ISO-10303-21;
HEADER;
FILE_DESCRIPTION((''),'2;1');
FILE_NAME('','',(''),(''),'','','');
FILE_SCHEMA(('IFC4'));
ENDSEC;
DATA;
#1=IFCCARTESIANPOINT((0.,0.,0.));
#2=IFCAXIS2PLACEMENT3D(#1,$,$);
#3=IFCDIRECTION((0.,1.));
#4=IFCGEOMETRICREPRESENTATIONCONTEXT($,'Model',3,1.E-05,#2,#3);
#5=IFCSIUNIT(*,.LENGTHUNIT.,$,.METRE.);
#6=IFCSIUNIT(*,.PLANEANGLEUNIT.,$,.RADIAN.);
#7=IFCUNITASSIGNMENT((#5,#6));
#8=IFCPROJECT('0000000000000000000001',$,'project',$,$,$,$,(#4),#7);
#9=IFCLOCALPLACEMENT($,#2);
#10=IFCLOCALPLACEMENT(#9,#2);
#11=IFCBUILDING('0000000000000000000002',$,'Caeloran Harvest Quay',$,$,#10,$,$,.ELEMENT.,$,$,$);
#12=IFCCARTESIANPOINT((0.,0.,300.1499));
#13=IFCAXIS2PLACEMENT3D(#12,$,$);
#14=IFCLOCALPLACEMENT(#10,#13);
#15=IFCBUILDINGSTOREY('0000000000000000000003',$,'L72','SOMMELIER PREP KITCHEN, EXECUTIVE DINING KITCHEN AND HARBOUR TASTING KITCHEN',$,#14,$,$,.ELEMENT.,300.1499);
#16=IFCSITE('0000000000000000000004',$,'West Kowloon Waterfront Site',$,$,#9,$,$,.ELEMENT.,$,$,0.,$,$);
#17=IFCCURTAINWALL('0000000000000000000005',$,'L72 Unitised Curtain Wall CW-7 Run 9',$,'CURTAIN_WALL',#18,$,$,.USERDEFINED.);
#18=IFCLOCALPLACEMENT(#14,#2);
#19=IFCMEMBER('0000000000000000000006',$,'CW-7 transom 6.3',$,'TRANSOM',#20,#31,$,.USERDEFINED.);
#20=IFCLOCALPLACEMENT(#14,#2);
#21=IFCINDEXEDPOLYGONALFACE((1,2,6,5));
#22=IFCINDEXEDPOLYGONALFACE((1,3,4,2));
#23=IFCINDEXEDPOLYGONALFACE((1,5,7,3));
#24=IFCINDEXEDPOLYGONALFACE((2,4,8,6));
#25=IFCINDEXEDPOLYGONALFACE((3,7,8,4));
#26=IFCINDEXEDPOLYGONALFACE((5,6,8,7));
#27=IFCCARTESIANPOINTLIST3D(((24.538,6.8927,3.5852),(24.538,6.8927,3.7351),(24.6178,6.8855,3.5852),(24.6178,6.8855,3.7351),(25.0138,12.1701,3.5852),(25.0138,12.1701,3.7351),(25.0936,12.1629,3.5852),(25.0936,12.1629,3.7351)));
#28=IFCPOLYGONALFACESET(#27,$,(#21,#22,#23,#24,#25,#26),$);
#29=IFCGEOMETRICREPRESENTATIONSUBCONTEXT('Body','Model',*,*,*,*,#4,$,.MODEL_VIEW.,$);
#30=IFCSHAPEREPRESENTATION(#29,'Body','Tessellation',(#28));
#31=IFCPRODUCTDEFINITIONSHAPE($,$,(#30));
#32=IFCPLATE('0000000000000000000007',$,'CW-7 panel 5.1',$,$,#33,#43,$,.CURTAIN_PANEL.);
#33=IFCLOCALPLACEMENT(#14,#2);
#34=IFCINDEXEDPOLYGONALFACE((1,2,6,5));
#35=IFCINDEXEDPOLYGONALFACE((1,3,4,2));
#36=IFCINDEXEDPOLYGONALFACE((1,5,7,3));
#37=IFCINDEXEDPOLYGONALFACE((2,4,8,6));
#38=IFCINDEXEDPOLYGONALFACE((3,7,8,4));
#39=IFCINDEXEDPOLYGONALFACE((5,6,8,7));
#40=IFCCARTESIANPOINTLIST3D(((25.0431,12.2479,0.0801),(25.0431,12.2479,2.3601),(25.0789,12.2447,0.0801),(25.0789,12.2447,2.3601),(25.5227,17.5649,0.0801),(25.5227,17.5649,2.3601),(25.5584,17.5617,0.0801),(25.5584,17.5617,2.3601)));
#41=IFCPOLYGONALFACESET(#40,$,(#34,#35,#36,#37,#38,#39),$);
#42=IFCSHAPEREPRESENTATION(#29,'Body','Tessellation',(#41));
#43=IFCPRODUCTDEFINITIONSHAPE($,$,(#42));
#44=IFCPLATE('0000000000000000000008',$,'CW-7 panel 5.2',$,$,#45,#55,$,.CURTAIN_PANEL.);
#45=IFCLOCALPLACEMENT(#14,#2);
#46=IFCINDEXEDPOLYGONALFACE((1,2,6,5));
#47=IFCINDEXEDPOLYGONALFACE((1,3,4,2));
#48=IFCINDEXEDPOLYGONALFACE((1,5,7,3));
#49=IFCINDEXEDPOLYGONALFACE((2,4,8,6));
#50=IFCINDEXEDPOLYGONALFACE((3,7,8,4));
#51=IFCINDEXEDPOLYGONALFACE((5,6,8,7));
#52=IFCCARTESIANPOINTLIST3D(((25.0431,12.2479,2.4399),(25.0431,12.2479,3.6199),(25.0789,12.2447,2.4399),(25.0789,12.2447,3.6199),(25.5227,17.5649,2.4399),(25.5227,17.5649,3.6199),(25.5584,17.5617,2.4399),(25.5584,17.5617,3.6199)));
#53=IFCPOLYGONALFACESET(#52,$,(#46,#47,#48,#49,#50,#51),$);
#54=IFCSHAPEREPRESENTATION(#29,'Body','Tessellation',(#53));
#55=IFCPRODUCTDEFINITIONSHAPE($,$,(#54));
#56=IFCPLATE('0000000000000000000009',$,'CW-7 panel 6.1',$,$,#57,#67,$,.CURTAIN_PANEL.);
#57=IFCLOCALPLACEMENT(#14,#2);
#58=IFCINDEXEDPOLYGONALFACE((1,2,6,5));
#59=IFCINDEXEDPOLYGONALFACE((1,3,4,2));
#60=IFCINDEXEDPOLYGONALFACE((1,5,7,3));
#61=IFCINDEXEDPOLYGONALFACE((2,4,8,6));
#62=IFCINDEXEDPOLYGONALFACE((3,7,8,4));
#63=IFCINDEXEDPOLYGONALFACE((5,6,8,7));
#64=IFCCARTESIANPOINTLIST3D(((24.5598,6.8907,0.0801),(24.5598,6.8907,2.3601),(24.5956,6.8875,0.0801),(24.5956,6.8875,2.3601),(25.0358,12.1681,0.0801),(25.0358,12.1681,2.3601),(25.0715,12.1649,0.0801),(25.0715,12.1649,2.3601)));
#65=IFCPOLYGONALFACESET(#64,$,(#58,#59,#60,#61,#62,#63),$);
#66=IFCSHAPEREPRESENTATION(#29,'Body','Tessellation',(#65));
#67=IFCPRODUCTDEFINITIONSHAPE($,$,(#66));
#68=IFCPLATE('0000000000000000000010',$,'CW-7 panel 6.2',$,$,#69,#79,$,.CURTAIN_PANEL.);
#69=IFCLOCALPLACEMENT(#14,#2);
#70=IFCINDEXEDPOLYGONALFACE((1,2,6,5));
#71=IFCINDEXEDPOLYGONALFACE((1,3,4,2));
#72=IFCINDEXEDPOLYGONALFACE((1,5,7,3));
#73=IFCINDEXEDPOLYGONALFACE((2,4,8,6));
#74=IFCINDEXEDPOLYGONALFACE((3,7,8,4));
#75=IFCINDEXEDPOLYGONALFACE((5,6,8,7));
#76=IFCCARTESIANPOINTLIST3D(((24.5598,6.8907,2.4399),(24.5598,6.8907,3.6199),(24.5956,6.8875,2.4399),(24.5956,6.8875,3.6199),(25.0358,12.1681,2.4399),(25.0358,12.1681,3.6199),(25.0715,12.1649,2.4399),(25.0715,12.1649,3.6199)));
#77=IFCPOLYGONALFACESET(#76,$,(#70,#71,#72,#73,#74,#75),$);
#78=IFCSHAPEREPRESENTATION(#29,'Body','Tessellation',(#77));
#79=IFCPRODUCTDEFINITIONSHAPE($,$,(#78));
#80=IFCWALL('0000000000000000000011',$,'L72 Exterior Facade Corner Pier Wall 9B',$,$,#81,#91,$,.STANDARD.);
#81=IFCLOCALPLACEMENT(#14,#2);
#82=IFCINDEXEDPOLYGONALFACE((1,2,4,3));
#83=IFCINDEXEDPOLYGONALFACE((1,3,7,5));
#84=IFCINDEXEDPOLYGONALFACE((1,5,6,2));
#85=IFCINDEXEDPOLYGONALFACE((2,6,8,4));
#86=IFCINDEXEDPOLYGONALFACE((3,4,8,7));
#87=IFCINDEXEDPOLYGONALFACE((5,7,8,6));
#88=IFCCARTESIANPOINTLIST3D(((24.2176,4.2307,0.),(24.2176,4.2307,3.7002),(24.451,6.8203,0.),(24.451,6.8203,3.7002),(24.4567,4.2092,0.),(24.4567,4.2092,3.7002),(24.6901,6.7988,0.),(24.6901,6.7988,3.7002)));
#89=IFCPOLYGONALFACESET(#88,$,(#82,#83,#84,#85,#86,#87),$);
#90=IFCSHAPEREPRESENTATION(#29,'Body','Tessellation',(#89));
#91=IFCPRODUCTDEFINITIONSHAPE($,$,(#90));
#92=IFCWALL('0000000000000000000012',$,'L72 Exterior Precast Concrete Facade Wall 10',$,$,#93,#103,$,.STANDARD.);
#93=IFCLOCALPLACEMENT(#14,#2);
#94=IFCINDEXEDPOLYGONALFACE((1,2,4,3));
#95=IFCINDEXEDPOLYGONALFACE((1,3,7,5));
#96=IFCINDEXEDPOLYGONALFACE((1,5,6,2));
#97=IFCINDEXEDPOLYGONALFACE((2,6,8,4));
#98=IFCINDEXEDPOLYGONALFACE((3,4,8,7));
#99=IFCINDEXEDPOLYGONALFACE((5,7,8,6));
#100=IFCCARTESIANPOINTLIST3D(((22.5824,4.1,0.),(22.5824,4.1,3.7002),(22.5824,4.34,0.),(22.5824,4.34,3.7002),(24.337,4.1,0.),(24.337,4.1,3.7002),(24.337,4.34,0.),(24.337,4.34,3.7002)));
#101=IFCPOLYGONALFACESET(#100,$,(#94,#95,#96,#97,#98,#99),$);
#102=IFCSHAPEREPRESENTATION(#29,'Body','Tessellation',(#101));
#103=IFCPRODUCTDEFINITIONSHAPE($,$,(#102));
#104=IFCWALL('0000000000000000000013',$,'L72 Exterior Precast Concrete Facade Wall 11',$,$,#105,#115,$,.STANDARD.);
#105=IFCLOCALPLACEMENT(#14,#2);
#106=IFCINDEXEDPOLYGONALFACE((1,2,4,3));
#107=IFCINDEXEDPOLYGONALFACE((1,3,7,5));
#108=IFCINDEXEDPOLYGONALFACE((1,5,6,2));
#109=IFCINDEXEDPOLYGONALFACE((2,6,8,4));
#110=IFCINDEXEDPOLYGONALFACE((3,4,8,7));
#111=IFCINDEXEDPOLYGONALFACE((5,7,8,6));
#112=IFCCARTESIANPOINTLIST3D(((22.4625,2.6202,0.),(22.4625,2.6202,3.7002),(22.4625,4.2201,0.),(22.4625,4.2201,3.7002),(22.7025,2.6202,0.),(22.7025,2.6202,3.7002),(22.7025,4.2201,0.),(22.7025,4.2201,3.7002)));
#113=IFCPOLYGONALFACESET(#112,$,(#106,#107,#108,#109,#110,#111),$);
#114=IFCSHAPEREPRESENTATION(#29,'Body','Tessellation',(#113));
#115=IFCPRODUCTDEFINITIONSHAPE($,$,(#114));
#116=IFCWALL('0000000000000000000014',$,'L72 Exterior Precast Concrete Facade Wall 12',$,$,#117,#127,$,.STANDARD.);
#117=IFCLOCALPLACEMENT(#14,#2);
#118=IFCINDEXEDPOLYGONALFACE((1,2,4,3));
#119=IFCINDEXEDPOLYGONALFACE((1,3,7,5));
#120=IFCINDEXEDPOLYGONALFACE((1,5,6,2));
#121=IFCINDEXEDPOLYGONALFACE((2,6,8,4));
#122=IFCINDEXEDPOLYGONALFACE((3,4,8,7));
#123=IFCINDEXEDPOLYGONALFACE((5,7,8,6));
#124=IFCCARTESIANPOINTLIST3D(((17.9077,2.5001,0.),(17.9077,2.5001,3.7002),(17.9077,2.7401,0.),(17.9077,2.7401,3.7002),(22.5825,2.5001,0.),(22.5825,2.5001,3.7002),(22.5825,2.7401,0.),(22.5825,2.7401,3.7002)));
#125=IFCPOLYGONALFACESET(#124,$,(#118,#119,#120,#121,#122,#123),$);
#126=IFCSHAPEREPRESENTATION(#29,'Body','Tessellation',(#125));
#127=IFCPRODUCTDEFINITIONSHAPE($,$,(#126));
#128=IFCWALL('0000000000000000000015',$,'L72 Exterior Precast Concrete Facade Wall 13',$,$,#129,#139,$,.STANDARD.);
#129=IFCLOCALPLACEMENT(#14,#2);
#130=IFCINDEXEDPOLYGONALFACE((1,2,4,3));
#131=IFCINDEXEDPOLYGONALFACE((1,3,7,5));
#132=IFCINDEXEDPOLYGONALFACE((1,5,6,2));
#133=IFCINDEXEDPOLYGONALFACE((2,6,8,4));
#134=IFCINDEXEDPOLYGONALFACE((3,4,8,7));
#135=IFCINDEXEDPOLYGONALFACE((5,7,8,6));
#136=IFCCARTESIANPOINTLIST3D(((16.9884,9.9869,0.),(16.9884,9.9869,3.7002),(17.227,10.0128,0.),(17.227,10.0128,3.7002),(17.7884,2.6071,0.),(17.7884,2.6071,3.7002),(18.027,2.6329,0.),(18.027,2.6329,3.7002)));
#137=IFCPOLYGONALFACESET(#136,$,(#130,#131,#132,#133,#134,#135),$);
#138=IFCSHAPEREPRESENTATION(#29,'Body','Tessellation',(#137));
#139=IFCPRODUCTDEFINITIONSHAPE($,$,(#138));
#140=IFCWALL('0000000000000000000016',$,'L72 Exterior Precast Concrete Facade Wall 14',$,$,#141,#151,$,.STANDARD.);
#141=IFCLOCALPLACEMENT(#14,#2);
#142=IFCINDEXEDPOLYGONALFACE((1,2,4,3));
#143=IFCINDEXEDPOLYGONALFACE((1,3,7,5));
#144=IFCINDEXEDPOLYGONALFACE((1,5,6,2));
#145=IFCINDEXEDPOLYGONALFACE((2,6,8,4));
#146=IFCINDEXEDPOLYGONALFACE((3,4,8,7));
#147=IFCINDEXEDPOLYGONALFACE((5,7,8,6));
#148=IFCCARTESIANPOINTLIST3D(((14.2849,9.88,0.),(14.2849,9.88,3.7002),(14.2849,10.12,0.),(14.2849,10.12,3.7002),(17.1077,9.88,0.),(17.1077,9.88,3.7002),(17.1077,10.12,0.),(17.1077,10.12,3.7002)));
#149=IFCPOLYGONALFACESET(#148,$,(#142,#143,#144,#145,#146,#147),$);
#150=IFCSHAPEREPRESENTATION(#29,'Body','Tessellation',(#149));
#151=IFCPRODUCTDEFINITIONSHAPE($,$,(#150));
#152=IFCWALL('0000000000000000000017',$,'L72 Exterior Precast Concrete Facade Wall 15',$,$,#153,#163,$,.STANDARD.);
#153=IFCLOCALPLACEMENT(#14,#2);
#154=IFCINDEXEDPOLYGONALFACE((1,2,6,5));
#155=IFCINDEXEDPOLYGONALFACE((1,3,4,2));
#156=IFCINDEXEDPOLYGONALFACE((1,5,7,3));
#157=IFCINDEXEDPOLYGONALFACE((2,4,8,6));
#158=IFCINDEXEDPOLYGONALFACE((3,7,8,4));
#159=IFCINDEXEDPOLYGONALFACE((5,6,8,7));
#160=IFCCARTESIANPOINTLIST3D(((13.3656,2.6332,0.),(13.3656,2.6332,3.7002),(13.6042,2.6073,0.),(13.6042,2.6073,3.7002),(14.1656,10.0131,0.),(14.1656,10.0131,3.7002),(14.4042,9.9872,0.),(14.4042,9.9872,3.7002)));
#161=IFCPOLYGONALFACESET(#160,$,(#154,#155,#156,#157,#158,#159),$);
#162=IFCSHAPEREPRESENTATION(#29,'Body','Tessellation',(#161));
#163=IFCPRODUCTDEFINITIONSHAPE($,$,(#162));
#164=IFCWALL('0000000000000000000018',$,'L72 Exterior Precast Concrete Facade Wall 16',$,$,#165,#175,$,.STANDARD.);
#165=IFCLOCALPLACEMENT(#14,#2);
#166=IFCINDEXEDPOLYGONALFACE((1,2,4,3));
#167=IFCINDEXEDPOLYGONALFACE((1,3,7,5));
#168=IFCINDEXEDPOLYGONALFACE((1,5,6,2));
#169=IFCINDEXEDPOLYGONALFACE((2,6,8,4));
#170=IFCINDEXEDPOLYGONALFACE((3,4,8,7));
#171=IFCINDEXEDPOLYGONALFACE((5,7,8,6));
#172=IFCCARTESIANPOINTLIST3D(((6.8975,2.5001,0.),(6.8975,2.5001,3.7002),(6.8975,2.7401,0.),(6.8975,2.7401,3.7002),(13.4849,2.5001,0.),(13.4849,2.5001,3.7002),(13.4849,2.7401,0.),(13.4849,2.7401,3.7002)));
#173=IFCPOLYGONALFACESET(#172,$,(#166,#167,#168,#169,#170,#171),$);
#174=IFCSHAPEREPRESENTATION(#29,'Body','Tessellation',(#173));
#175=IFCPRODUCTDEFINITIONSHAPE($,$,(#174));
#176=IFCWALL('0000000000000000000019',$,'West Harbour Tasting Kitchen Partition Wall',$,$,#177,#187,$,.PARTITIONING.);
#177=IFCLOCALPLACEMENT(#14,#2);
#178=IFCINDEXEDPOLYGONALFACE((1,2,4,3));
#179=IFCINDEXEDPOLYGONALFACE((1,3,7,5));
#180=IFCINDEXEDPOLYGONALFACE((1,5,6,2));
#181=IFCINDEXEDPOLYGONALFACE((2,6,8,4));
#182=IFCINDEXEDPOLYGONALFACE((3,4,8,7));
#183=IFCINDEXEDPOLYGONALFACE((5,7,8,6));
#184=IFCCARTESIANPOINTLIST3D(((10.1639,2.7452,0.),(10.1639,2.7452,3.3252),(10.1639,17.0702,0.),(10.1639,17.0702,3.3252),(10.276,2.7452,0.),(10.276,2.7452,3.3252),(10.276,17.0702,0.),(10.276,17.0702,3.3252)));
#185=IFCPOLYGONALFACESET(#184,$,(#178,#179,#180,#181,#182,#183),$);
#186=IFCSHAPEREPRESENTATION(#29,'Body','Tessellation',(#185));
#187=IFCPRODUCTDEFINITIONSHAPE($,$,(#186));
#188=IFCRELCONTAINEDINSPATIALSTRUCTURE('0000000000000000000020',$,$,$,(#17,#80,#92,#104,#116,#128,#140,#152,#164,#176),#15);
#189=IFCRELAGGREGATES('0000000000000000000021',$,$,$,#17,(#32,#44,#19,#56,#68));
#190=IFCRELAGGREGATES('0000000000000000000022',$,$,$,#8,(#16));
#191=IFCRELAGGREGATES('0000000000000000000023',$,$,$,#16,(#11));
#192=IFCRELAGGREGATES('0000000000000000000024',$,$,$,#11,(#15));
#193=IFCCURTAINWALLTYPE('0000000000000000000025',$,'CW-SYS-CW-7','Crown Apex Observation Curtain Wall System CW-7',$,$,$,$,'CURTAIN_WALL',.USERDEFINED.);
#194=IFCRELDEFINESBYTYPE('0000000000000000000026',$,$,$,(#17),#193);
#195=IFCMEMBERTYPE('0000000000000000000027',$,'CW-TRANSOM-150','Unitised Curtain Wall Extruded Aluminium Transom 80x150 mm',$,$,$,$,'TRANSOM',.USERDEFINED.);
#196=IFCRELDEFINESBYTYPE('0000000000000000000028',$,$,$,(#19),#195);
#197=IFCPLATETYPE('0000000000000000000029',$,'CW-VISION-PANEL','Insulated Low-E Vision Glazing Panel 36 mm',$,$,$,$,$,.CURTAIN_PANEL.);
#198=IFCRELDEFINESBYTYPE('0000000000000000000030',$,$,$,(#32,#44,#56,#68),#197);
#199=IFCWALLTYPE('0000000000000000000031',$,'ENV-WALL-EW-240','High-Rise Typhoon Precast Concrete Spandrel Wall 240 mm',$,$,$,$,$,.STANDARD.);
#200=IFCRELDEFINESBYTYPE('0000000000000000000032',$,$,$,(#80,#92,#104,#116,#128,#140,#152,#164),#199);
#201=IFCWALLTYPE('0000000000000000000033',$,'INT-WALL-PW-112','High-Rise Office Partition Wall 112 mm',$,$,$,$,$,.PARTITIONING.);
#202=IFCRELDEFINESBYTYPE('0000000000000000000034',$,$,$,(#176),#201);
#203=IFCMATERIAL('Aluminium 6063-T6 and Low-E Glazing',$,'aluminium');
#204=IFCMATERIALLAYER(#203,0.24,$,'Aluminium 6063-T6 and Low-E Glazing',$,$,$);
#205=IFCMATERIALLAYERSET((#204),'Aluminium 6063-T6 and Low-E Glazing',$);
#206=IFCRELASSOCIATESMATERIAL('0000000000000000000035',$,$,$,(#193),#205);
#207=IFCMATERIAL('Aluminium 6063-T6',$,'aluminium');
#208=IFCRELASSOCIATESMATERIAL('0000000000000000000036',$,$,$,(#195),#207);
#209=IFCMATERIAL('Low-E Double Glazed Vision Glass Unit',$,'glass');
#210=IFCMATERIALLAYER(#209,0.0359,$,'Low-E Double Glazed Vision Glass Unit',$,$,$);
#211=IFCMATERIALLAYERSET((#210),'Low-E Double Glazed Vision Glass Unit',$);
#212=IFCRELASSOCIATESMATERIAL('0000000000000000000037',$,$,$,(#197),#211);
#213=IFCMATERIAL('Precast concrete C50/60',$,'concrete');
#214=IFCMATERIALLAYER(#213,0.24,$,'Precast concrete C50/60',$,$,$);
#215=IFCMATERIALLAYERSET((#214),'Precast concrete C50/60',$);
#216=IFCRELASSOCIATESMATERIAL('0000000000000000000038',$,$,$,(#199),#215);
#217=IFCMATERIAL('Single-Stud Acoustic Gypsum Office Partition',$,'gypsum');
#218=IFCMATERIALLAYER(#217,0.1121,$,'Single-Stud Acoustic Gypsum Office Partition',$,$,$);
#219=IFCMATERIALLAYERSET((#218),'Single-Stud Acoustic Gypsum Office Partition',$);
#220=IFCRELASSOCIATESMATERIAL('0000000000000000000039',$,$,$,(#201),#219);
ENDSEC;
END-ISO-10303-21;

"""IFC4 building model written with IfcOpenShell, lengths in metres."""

from ifc_helpers import new_model, si_unit, direction, frame, frame_2d, origin, origin_2d, place, context, subcontext, project, spatial, rectangle, extrude, material, layer, layer_set, material_profile, profile_set, type_object, element, aggregate, save


model = new_model("IFC4")

# Units and contexts
model_context = context("Model", 3, precision=1e-05, world=origin(), true_north=direction((0.0, 1.0)))
body_context = subcontext(model_context, "Body", "Model", "MODEL_VIEW")
ifc_project = project(units=[si_unit("LENGTHUNIT", "METRE"), si_unit("PLANEANGLEUNIT", "RADIAN")], contexts=[model_context])

# Site, building, storey
site_placement = place(None, origin())
site = spatial("IfcSite", under=ifc_project, at=site_placement, Name="West Kowloon Waterfront Site", CompositionType="ELEMENT", RefElevation=0.0)
building_placement = place(site_placement, origin())
building = spatial("IfcBuilding", under=site, at=building_placement, Name="Caeloran Harvest Quay", CompositionType="ELEMENT")
storey_placement = place(building_placement, frame((0.0, 0.0, 300.1499)))
storey = spatial("IfcBuildingStorey", under=building, at=storey_placement, Name="L72", Description="SOMMELIER PREP KITCHEN, EXECUTIVE DINING KITCHEN AND HARBOUR TASTING KITCHEN", CompositionType="ELEMENT", Elevation=300.1499)

# Curtain wall, member, plates
ifc_material_1 = material(Name="Aluminium 6063-T6 and Low-E Glazing", Category="aluminium")
ifc_layer_1 = layer(ifc_material_1, 0.24, Name="Aluminium 6063-T6 and Low-E Glazing")
ifc_layer_set_1 = layer_set([ifc_layer_1], Name="Aluminium 6063-T6 and Low-E Glazing")
curtain_wall_type = type_object("IfcCurtainWallType", Name="CW-SYS-CW-7", Description="Crown Apex Observation Curtain Wall System CW-7", ElementType="CURTAIN_WALL", PredefinedType="USERDEFINED", material=ifc_layer_set_1)
curtain_wall_placement = place(storey_placement, origin())
curtain_wall = element("IfcCurtainWall", 1, at=curtain_wall_placement, inside=storey, type_object=curtain_wall_type, Name="L72 Unitised Curtain Wall CW-7 Run 9", ObjectType="CURTAIN_WALL", PredefinedType="USERDEFINED")
ifc_material_2 = material(Name="Aluminium 6063-T6", Category="aluminium")
ifc_material_profile_1 = material_profile(ifc_material_2, rectangle(XDim=0.0801, YDim=0.1499, at=origin_2d()), Name="CW-TRANSOM-150")
ifc_profile_set_1 = profile_set([ifc_material_profile_1], Name="Aluminium 6063-T6")
member_type_1 = type_object("IfcMemberType", Name="CW-TRANSOM-150", Description="Unitised Curtain Wall Extruded Aluminium Transom 80x150 mm", ElementType="TRANSOM", PredefinedType="USERDEFINED", material=ifc_profile_set_1)
member_1_placement = place(storey_placement, frame((25.0537, 12.1665, 3.6602), z_axis=(-0.0898, -0.99596, 0.0), x_axis=(0.99596, -0.0898, 0.0)))
member_1 = element("IfcMember", 2, at=member_1_placement, type_object=member_type_1, Name="CW-7 transom 6.3", ObjectType="TRANSOM", PredefinedType="USERDEFINED", context=body_context, shape_type="SweptSolid", body=[
    extrude(rectangle(XDim=0.0801, YDim=0.1499, at=origin_2d()), origin(), (0.0, 0.0, 1.0), 5.2988),
])
ifc_material_3 = material(Name="Low-E Double Glazed Vision Glass Unit", Category="glass")
ifc_layer_2 = layer(ifc_material_3, 0.0359, Name="Low-E Double Glazed Vision Glass Unit")
ifc_layer_set_2 = layer_set([ifc_layer_2], Name="Low-E Double Glazed Vision Glass Unit")
plate_type = type_object("IfcPlateType", Name="CW-VISION-PANEL", Description="Insulated Low-E Vision Glazing Panel 36 mm", PredefinedType="CURTAIN_PANEL", material=ifc_layer_set_2)
plate_1_placement = place(storey_placement, frame((25.3008, 14.9048, 0.0801), z_axis=(0.0, 0.0, 1.0), x_axis=(-0.089821, -0.995958, 0.0)))
plate_1 = element("IfcPlate", 3, at=plate_1_placement, type_object=plate_type, Name="CW-7 panel 5.1", PredefinedType="CURTAIN_PANEL", context=body_context, shape_type="SweptSolid", body=[
    extrude(rectangle(XDim=5.3386, YDim=0.0359, at=origin_2d()), origin(), (0.0, 0.0, 1.0), 2.28),
])
plate_2_placement = place(storey_placement, frame((25.3008, 14.9048, 2.4399), z_axis=(0.0, 0.0, 1.0), x_axis=(-0.089821, -0.995958, 0.0)))
plate_2 = element("IfcPlate", 4, at=plate_2_placement, type_object=plate_type, Name="CW-7 panel 5.2", PredefinedType="CURTAIN_PANEL", context=body_context, shape_type="SweptSolid", body=[
    extrude(rectangle(XDim=5.3386, YDim=0.0359, at=origin_2d()), origin(), (0.0, 0.0, 1.0), 1.1799),
])
plate_3_placement = place(storey_placement, frame((24.8157, 9.5278, 0.0801), z_axis=(0.0, 0.0, 1.0), x_axis=(-0.089821, -0.995958, 0.0)))
plate_3 = element("IfcPlate", 5, at=plate_3_placement, type_object=plate_type, Name="CW-7 panel 6.1", PredefinedType="CURTAIN_PANEL", context=body_context, shape_type="SweptSolid", body=[
    extrude(rectangle(XDim=5.2988, YDim=0.0359, at=origin_2d()), origin(), (0.0, 0.0, 1.0), 2.28),
])
plate_4_placement = place(storey_placement, frame((24.8157, 9.5278, 2.4399), z_axis=(0.0, 0.0, 1.0), x_axis=(-0.089821, -0.995958, 0.0)))
plate_4 = element("IfcPlate", 6, at=plate_4_placement, type_object=plate_type, Name="CW-7 panel 6.2", PredefinedType="CURTAIN_PANEL", context=body_context, shape_type="SweptSolid", body=[
    extrude(rectangle(XDim=5.2988, YDim=0.0359, at=origin_2d()), origin(), (0.0, 0.0, 1.0), 1.1799),
])
aggregate(curtain_wall, [plate_1, plate_2, member_1, plate_3, plate_4])

# Walls
ifc_material_4 = material(Name="Precast concrete C50/60", Category="concrete")
ifc_layer_3 = layer(ifc_material_4, 0.24, Name="Precast concrete C50/60")
ifc_layer_set_3 = layer_set([ifc_layer_3], Name="Precast concrete C50/60")
wall_type_1 = type_object("IfcWallType", Name="ENV-WALL-EW-240", Description="High-Rise Typhoon Precast Concrete Spandrel Wall 240 mm", PredefinedType="STANDARD", material=ifc_layer_set_3)
wall_1_placement = place(storey_placement, frame((24.5706, 6.8096, 0.0), z_axis=(0.0, 0.0, 1.0), x_axis=(-0.089765, -0.995963, 0.0)))
element("IfcWall", 7, at=wall_1_placement, inside=storey, type_object=wall_type_1, Name="L72 Exterior Facade Corner Pier Wall 9B", PredefinedType="STANDARD", context=body_context, shape_type="SweptSolid", body=[
    extrude(rectangle(XDim=2.6001, YDim=0.24, at=frame_2d((1.3, 0.0))), origin(), (0.0, 0.0, 1.0), 3.7002),
])
wall_2_placement = place(storey_placement, frame((24.3372, 4.22, 0.0), z_axis=(0.0, 0.0, 1.0), x_axis=(-1.0, 0.0, 0.0)))
element("IfcWall", 8, at=wall_2_placement, inside=storey, type_object=wall_type_1, Name="L72 Exterior Precast Concrete Facade Wall 10", PredefinedType="STANDARD", context=body_context, shape_type="SweptSolid", body=[
    extrude(rectangle(XDim=1.7546, YDim=0.24, at=frame_2d((0.8774, 0.0))), origin(), (0.0, 0.0, 1.0), 3.7002),
])
wall_3_placement = place(storey_placement, frame((22.5825, 4.22, 0.0), z_axis=(0.0, 0.0, 1.0), x_axis=(0.0, -1.0, 0.0)))
element("IfcWall", 9, at=wall_3_placement, inside=storey, type_object=wall_type_1, Name="L72 Exterior Precast Concrete Facade Wall 11", PredefinedType="STANDARD", context=body_context, shape_type="SweptSolid", body=[
    extrude(rectangle(XDim=1.5999, YDim=0.24, at=frame_2d((0.7998, 0.0))), origin(), (0.0, 0.0, 1.0), 3.7002),
])
wall_4_placement = place(storey_placement, frame((22.5825, 2.6201, 0.0), z_axis=(0.0, 0.0, 1.0), x_axis=(-1.0, 0.0, 0.0)))
element("IfcWall", 10, at=wall_4_placement, inside=storey, type_object=wall_type_1, Name="L72 Exterior Precast Concrete Facade Wall 12", PredefinedType="STANDARD", context=body_context, shape_type="SweptSolid", body=[
    extrude(rectangle(XDim=4.6748, YDim=0.24, at=frame_2d((2.3374, 0.0))), origin(), (0.0, 0.0, 1.0), 3.7002),
])
wall_5_placement = place(storey_placement, frame((17.9077, 2.6201, 0.0), z_axis=(0.0, 0.0, 1.0), x_axis=(-0.107778, 0.994175, 0.0)))
element("IfcWall", 11, at=wall_5_placement, inside=storey, type_object=wall_type_1, Name="L72 Exterior Precast Concrete Facade Wall 13", PredefinedType="STANDARD", context=body_context, shape_type="SweptSolid", body=[
    extrude(rectangle(XDim=7.4231, YDim=0.24, at=frame_2d((3.7114, 0.0))), origin(), (0.0, 0.0, 1.0), 3.7002),
])
wall_6_placement = place(storey_placement, frame((17.1077, 10.0, 0.0), z_axis=(0.0, 0.0, 1.0), x_axis=(-1.0, 0.0, 0.0)))
element("IfcWall", 12, at=wall_6_placement, inside=storey, type_object=wall_type_1, Name="L72 Exterior Precast Concrete Facade Wall 14", PredefinedType="STANDARD", context=body_context, shape_type="SweptSolid", body=[
    extrude(rectangle(XDim=2.8228, YDim=0.24, at=frame_2d((1.4114, 0.0))), origin(), (0.0, 0.0, 1.0), 3.7002),
])
wall_7_placement = place(storey_placement, frame((14.2849, 10.0, 0.0), z_axis=(0.0, 0.0, 1.0), x_axis=(-0.107778, -0.994175, 0.0)))
element("IfcWall", 13, at=wall_7_placement, inside=storey, type_object=wall_type_1, Name="L72 Exterior Precast Concrete Facade Wall 15", PredefinedType="STANDARD", context=body_context, shape_type="SweptSolid", body=[
    extrude(rectangle(XDim=7.4231, YDim=0.24, at=frame_2d((3.7114, 0.0))), origin(), (0.0, 0.0, 1.0), 3.7002),
])
wall_8_placement = place(storey_placement, frame((13.4849, 2.6201, 0.0), z_axis=(0.0, 0.0, 1.0), x_axis=(-1.0, 0.0, 0.0)))
element("IfcWall", 14, at=wall_8_placement, inside=storey, type_object=wall_type_1, Name="L72 Exterior Precast Concrete Facade Wall 16", PredefinedType="STANDARD", context=body_context, shape_type="SweptSolid", body=[
    extrude(rectangle(XDim=6.5874, YDim=0.24, at=frame_2d((3.2937, 0.0))), origin(), (0.0, 0.0, 1.0), 3.7002),
])
ifc_material_5 = material(Name="Single-Stud Acoustic Gypsum Office Partition", Category="gypsum")
ifc_layer_4 = layer(ifc_material_5, 0.1121, Name="Single-Stud Acoustic Gypsum Office Partition")
ifc_layer_set_4 = layer_set([ifc_layer_4], Name="Single-Stud Acoustic Gypsum Office Partition")
wall_type_2 = type_object("IfcWallType", Name="INT-WALL-PW-112", Description="High-Rise Office Partition Wall 112 mm", PredefinedType="PARTITIONING", material=ifc_layer_set_4)
wall_9_placement = place(storey_placement, frame((10.22, 2.7451, 0.0), z_axis=(0.0, 0.0, 1.0), x_axis=(0.0, 1.0, 0.0)))
element("IfcWall", 15, at=wall_9_placement, inside=storey, type_object=wall_type_2, Name="West Harbour Tasting Kitchen Partition Wall", PredefinedType="PARTITIONING", context=body_context, shape_type="SweptSolid", body=[
    extrude(rectangle(XDim=14.325, YDim=0.1121, at=frame_2d((7.1626, 0.0))), origin(), (0.0, 0.0, 1.0), 3.3252),
])

save(model, "model.ifc")
